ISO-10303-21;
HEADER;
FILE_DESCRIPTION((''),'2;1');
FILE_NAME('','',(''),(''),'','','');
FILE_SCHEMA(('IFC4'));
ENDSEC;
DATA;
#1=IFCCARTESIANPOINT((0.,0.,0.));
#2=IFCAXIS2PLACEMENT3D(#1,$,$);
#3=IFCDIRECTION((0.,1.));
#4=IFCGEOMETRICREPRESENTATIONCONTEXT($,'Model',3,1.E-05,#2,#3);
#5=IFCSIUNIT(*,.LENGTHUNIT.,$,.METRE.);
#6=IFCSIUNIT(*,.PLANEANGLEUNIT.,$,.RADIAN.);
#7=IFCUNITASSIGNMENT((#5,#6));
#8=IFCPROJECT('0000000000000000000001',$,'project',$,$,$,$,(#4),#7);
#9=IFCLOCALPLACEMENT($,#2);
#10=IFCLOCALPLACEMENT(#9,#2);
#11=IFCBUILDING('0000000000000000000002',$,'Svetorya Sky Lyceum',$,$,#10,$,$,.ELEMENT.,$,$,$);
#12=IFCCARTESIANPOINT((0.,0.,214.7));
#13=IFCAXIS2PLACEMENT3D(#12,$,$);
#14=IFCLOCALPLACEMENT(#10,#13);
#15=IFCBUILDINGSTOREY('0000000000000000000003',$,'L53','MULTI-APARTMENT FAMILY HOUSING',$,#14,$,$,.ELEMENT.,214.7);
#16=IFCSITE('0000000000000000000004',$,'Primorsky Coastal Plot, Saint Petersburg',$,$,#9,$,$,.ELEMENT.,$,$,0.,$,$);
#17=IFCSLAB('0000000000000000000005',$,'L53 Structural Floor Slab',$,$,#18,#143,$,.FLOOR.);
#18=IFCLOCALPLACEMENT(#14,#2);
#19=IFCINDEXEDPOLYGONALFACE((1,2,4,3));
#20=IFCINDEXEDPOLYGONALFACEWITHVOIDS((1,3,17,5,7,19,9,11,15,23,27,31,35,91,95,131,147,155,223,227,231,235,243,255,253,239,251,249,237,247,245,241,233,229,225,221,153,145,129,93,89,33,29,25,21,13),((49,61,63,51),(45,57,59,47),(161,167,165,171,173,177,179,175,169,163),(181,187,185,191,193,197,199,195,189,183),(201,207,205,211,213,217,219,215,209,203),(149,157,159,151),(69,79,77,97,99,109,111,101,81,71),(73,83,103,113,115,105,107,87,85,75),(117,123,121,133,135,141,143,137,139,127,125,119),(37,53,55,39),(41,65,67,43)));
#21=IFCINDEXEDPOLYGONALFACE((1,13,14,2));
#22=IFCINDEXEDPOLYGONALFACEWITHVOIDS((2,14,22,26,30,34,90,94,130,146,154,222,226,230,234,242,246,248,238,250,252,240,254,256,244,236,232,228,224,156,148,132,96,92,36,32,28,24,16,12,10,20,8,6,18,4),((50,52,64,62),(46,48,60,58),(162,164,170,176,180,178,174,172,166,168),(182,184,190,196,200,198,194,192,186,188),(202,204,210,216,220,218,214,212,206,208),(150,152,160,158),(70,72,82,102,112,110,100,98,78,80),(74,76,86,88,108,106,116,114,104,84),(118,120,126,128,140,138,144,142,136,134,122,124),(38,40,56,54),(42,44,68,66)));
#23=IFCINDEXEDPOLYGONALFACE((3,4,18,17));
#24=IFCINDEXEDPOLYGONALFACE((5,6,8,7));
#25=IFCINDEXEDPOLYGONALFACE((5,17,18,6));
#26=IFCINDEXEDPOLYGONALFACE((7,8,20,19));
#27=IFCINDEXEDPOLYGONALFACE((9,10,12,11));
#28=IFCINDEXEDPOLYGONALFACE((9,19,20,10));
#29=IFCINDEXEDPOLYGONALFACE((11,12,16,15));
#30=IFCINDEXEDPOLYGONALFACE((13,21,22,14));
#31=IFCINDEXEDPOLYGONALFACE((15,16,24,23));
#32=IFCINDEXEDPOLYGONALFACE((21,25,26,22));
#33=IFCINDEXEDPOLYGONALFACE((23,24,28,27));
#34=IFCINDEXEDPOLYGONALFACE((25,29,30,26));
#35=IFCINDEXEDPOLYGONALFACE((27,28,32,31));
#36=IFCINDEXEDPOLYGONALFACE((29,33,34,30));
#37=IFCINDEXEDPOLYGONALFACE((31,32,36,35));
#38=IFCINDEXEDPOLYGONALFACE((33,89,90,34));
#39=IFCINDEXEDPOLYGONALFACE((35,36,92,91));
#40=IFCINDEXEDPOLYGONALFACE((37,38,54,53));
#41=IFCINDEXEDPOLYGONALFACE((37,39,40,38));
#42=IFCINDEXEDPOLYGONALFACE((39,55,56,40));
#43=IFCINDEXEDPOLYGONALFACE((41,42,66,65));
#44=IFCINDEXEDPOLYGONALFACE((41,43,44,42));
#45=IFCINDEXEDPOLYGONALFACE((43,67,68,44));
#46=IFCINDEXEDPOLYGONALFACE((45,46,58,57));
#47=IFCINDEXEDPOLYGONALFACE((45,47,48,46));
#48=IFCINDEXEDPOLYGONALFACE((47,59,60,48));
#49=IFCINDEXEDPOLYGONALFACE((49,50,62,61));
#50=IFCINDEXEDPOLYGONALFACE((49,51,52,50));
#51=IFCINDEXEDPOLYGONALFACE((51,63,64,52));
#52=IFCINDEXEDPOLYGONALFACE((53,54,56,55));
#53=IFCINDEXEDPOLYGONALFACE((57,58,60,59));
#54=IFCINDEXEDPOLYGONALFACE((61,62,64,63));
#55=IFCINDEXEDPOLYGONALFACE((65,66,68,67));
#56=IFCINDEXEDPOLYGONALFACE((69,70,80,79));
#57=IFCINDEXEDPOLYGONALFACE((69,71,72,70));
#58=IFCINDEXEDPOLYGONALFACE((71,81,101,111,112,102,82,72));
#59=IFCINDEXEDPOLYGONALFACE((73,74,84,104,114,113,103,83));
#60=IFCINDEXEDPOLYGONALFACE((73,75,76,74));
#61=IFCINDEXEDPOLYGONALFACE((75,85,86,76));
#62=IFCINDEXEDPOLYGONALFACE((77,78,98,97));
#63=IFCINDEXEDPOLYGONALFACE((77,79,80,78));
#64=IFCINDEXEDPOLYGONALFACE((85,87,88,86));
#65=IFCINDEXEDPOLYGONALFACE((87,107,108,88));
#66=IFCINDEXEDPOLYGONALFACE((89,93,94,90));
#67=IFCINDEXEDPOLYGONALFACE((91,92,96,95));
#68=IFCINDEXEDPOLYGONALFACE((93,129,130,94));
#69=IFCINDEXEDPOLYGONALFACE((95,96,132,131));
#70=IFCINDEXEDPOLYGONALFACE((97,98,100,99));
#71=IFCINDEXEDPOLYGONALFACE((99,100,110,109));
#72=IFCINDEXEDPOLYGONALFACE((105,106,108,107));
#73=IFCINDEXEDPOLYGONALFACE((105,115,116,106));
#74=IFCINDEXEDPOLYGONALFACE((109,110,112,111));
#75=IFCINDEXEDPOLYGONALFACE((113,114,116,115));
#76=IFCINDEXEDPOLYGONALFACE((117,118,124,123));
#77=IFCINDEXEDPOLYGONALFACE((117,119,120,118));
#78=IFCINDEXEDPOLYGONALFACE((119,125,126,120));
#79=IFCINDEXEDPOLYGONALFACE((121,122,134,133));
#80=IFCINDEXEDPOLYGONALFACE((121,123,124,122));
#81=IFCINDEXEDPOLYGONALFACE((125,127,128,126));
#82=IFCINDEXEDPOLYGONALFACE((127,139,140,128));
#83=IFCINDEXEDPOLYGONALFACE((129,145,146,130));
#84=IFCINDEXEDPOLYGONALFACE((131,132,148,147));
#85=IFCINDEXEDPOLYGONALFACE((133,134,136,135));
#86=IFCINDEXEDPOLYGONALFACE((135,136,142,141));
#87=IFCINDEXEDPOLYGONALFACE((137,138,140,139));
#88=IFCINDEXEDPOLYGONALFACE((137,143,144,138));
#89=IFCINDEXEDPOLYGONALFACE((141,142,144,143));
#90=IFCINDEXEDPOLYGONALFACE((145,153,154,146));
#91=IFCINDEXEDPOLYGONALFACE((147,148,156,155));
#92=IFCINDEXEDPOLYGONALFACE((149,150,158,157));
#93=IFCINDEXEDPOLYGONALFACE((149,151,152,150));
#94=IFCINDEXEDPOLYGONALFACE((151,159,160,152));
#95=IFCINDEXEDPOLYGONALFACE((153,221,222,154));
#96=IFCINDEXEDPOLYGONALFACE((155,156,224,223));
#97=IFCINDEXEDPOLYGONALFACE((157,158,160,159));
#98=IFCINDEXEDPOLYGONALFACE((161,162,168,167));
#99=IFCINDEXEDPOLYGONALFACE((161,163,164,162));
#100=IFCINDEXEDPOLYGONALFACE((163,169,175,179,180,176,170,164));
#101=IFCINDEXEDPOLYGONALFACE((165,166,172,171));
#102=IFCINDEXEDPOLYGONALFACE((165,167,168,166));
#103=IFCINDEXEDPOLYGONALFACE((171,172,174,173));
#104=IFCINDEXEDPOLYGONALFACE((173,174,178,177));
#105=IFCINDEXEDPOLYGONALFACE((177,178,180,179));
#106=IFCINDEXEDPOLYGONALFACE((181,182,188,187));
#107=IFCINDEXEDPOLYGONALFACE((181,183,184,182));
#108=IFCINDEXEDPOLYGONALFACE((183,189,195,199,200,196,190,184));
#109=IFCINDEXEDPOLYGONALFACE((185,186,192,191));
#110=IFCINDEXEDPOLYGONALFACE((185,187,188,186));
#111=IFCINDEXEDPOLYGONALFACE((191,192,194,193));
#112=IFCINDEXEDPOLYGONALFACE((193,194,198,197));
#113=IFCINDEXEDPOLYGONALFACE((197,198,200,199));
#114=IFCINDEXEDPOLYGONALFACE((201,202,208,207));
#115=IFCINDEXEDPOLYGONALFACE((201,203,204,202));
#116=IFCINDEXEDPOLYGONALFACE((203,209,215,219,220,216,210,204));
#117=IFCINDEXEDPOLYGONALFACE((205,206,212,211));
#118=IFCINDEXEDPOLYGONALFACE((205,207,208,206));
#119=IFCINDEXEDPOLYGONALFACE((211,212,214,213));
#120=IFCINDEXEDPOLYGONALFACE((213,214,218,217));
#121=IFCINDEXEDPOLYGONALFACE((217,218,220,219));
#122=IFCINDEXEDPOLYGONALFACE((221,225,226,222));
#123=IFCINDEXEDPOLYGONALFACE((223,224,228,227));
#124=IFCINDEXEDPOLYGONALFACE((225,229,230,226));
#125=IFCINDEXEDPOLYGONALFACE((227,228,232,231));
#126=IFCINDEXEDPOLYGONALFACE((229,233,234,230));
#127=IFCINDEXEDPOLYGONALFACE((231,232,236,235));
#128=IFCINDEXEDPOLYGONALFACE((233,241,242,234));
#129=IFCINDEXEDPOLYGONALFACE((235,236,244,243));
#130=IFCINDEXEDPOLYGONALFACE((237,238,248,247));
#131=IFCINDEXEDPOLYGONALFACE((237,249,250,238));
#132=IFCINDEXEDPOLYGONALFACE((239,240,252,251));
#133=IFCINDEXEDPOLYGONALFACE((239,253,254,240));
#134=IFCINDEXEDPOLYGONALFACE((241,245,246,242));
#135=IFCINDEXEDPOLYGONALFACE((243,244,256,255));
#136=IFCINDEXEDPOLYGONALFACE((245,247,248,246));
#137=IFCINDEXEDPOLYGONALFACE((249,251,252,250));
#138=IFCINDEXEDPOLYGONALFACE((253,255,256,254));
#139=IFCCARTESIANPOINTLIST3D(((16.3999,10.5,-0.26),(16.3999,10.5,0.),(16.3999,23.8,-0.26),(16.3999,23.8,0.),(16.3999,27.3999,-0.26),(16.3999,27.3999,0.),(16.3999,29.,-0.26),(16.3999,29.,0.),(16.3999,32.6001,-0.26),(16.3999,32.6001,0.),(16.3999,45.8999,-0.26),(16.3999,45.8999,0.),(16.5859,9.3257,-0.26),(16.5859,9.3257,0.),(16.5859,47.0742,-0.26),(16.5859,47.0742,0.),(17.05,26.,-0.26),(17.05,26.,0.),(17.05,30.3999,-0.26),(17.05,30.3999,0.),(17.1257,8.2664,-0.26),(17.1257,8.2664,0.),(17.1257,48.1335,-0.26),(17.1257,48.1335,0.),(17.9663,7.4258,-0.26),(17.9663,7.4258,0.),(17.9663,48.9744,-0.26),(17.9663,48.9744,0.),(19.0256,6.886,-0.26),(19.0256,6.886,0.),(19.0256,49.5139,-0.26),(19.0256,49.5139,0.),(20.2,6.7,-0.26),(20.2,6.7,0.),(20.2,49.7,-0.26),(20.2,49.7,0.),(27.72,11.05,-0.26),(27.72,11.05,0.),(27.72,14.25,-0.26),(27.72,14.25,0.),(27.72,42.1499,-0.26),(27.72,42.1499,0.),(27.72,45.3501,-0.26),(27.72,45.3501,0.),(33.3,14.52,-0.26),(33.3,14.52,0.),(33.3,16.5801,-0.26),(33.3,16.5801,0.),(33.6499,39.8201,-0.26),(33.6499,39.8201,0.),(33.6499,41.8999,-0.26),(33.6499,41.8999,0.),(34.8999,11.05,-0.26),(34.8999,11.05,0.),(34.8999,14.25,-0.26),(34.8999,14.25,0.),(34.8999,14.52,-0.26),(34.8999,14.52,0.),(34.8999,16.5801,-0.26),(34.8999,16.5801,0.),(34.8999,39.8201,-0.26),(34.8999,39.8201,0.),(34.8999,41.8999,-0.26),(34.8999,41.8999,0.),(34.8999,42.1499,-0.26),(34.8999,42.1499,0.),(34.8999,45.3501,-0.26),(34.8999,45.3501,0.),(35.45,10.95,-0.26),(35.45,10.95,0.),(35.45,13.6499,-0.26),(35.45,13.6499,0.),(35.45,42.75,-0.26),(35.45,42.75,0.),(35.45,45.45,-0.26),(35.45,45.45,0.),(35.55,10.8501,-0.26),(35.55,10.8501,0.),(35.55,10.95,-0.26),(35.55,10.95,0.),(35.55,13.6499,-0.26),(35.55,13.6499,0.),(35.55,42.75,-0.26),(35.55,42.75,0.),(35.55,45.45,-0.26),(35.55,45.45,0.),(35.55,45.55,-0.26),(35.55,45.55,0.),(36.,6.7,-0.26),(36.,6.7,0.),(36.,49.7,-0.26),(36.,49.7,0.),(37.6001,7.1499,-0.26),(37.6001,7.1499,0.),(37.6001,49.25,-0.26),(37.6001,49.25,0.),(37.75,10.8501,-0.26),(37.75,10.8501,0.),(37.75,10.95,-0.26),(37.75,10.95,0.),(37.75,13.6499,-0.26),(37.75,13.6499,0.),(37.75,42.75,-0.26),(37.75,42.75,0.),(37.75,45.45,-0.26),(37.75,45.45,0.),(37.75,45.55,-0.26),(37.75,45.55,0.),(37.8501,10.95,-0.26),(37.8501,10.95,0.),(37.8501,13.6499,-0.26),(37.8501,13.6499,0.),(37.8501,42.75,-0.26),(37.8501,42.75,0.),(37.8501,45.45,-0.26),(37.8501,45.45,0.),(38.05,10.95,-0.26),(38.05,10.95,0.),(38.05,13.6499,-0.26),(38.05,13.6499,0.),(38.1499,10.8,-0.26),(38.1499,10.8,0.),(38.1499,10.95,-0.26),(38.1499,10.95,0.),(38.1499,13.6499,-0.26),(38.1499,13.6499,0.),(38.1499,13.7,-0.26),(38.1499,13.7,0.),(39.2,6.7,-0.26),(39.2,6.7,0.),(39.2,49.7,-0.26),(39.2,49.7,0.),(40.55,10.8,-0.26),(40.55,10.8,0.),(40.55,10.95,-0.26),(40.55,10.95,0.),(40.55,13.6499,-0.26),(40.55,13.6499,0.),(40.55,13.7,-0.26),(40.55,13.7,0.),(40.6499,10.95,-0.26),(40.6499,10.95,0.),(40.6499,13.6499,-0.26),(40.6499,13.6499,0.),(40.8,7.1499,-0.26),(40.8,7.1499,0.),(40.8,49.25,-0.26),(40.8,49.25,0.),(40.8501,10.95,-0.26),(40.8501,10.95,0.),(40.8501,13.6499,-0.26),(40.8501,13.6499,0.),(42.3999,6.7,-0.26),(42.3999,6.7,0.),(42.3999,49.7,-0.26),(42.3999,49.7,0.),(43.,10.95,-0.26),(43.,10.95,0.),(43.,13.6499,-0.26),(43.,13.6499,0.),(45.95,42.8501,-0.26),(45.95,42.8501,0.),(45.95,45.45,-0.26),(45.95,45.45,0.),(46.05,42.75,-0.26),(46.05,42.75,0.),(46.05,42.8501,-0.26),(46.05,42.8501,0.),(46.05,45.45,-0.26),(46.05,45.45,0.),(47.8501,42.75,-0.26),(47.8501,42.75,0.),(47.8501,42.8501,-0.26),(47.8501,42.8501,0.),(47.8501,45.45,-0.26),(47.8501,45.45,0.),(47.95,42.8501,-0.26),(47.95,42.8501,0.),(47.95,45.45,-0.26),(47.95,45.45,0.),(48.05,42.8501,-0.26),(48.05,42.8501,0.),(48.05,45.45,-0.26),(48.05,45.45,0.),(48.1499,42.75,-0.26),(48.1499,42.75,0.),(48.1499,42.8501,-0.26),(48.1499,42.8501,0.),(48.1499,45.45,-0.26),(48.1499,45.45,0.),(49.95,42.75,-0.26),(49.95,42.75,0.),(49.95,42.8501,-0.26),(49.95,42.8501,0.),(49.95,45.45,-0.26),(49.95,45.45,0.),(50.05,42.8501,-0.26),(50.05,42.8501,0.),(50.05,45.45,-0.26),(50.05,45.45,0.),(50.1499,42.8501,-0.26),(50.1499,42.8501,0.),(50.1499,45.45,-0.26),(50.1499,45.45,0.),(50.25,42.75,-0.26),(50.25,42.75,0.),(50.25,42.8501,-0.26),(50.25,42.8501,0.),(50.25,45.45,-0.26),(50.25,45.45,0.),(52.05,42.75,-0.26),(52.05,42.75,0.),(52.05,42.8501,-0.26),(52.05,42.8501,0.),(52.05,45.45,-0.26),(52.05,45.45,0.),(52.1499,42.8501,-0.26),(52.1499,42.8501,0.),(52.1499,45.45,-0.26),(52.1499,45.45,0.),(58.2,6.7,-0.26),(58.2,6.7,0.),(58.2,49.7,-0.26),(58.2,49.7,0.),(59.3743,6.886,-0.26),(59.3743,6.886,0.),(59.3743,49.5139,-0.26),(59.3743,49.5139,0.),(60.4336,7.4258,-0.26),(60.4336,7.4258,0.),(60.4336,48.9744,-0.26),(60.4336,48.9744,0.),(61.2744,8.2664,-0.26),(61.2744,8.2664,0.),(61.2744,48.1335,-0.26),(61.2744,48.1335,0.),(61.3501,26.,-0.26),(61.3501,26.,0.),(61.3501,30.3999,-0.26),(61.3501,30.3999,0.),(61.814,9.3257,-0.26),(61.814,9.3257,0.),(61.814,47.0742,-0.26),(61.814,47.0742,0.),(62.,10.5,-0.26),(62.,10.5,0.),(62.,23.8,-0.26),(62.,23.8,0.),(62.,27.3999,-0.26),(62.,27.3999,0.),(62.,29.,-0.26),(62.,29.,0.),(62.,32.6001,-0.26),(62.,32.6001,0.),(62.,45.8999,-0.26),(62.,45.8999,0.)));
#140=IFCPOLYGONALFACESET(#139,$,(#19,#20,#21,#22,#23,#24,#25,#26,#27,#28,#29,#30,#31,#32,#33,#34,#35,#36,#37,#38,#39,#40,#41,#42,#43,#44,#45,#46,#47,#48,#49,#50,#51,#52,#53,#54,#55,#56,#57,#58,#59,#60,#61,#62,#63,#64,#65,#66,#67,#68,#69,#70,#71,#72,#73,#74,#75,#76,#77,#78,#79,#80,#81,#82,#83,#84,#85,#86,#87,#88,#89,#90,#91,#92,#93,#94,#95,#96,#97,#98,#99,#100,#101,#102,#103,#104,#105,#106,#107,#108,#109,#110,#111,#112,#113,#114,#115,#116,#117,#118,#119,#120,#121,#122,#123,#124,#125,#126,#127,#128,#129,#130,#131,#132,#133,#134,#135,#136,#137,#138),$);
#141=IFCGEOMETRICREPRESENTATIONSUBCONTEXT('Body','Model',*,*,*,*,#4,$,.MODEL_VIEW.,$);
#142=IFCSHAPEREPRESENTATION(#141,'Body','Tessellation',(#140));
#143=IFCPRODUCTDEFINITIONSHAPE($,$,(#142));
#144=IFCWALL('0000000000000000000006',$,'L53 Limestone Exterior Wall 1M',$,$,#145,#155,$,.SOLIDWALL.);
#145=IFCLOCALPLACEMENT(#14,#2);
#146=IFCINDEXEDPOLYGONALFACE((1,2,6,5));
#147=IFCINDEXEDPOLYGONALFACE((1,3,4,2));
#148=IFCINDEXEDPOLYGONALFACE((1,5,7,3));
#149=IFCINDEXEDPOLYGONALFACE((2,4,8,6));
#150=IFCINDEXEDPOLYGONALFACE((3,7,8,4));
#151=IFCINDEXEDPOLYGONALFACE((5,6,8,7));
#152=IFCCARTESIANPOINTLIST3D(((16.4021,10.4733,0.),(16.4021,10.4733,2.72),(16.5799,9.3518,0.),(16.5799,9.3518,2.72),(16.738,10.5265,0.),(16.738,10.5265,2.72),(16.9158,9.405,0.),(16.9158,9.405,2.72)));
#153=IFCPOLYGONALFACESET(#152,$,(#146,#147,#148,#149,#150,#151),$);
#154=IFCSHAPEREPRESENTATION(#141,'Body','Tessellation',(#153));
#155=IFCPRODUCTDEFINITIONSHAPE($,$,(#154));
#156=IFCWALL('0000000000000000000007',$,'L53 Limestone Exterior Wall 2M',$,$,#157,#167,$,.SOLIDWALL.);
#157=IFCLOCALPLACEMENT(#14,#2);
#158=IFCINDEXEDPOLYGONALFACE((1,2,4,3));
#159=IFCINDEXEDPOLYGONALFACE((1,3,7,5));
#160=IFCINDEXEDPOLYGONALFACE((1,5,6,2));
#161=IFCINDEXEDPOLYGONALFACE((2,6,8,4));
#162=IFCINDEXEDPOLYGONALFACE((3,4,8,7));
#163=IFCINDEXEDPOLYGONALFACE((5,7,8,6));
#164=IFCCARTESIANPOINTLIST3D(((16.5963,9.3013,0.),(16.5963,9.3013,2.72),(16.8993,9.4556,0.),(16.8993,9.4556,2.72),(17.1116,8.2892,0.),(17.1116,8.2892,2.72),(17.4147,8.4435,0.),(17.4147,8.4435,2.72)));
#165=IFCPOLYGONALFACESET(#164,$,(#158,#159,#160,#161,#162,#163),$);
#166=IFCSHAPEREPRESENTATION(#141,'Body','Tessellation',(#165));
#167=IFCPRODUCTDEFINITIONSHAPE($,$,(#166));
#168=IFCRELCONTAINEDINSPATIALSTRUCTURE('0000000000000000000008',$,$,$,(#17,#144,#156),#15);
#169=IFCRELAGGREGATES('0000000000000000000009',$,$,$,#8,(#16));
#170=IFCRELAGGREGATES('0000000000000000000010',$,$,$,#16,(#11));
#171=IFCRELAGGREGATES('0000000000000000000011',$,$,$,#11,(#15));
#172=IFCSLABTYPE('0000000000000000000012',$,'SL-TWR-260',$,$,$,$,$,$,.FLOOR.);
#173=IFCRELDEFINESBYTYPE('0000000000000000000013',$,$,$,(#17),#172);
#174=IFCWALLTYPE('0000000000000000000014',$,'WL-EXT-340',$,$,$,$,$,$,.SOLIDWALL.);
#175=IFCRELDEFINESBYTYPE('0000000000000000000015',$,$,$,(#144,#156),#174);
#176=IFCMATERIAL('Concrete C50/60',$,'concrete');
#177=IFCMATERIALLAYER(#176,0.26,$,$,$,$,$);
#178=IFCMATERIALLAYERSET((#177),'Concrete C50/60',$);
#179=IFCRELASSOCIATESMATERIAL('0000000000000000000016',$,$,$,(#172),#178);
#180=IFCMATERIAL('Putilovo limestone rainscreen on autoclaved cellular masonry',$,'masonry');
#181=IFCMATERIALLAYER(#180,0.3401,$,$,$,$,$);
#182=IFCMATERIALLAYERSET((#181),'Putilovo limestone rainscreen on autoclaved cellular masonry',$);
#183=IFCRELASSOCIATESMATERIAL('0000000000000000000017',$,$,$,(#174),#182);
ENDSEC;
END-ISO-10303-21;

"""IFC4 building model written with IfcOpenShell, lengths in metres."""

from ifc_helpers import new_model, si_unit, direction, frame, frame_2d, origin, place, context, subcontext, project, spatial, polyline, rectangle, outline, extrude, material, layer, layer_set, type_object, element, save


model = new_model("IFC4")

# Units and contexts
model_context = context("Model", 3, precision=1e-05, world=origin(), true_north=direction((0.0, 1.0)))
body_context = subcontext(model_context, "Body", "Model", "MODEL_VIEW")
ifc_project = project(units=[si_unit("LENGTHUNIT", "METRE"), si_unit("PLANEANGLEUNIT", "RADIAN")], contexts=[model_context])

# Site, building, storey
site_placement = place(None, origin())
site = spatial("IfcSite", under=ifc_project, at=site_placement, Name="Primorsky Coastal Plot, Saint Petersburg", CompositionType="ELEMENT", RefElevation=0.0)
building_placement = place(site_placement, origin())
building = spatial("IfcBuilding", under=site, at=building_placement, Name="Svetorya Sky Lyceum", CompositionType="ELEMENT")
storey_placement = place(building_placement, frame((0.0, 0.0, 214.7)))
storey = spatial("IfcBuildingStorey", under=building, at=storey_placement, Name="L53", Description="MULTI-APARTMENT FAMILY HOUSING", CompositionType="ELEMENT", Elevation=214.7)

# Shared definitions
ifc_material_1 = material(Name="Concrete C50/60", Category="concrete")

# Slab
ifc_layer_1 = layer(ifc_material_1, 0.26)
ifc_layer_set_1 = layer_set([ifc_layer_1], Name="Concrete C50/60")
slab_type_1 = type_object("IfcSlabType", Name="SL-TWR-260", PredefinedType="FLOOR", material=ifc_layer_set_1)
slab_1_placement = place(storey_placement, frame((0.0, 0.0, -0.26)))
element("IfcSlab", 1, at=slab_1_placement, inside=storey, type_object=slab_type_1, Name="L53 Structural Floor Slab", PredefinedType="FLOOR", context=body_context, shape_type="SweptSolid", body=[
    extrude(outline(polyline([(16.3999, 10.5), (16.5859, 9.3257), (17.1257, 8.2664), (17.9663, 7.4258), (19.0256, 6.886), (20.2, 6.7), (36.0, 6.7), (37.6001, 7.1499), (39.2, 6.7), (40.8, 7.1499), (42.3999, 6.7), (58.2, 6.7), (59.3743, 6.886), (60.4336, 7.4258), (61.2744, 8.2664), (61.814, 9.3257), (62.0, 10.5), (62.0, 23.8), (61.3501, 26.0), (62.0, 27.3999), (62.0, 29.0), (61.3501, 30.3999), (62.0, 32.6001), (62.0, 45.8999), (61.814, 47.0742), (61.2744, 48.1335), (60.4336, 48.9744), (59.3743, 49.5139), (58.2, 49.7), (42.3999, 49.7), (40.8, 49.25), (39.2, 49.7), (37.6001, 49.25), (36.0, 49.7), (20.2, 49.7), (19.0256, 49.5139), (17.9663, 48.9744), (17.1257, 48.1335), (16.5859, 47.0742), (16.3999, 45.8999), (16.3999, 32.6001), (17.05, 30.3999), (16.3999, 29.0), (16.3999, 27.3999), (17.05, 26.0), (16.3999, 23.8), (16.3999, 10.5)]), holes=[polyline([(37.8501, 10.95), (37.75, 10.95), (37.75, 10.8501), (35.55, 10.8501), (35.55, 10.95), (35.45, 10.95), (35.45, 13.6499), (35.55, 13.6499), (37.75, 13.6499), (37.8501, 13.6499), (37.8501, 10.95)]), polyline([(38.1499, 10.8), (38.1499, 10.95), (38.05, 10.95), (38.05, 13.6499), (38.1499, 13.6499), (38.1499, 13.7), (40.55, 13.7), (40.55, 13.6499), (40.6499, 13.6499), (40.6499, 10.95), (40.55, 10.95), (40.55, 10.8), (38.1499, 10.8)]), polyline([(27.72, 11.05), (27.72, 14.25), (34.8999, 14.25), (34.8999, 11.05), (27.72, 11.05)]), polyline([(33.3, 14.52), (33.3, 16.5801), (34.8999, 16.5801), (34.8999, 14.52), (33.3, 14.52)]), polyline([(33.6499, 39.8201), (33.6499, 41.8999), (34.8999, 41.8999), (34.8999, 39.8201), (33.6499, 39.8201)]), polyline([(27.72, 42.1499), (27.72, 45.3501), (34.8999, 45.3501), (34.8999, 42.1499), (27.72, 42.1499)]), polyline([(37.75, 42.75), (35.55, 42.75), (35.45, 42.75), (35.45, 45.45), (35.55, 45.45), (35.55, 45.55), (37.75, 45.55), (37.75, 45.45), (37.8501, 45.45), (37.8501, 42.75), (37.75, 42.75)]), polyline([(40.8501, 10.95), (40.8501, 13.6499), (43.0, 13.6499), (43.0, 10.95), (40.8501, 10.95)]), polyline([(46.05, 42.75), (46.05, 42.8501), (45.95, 42.8501), (45.95, 45.45), (46.05, 45.45), (47.8501, 45.45), (47.95, 45.45), (47.95, 42.8501), (47.8501, 42.8501), (47.8501, 42.75), (46.05, 42.75)]), polyline([(50.05, 42.8501), (49.95, 42.8501), (49.95, 42.75), (48.1499, 42.75), (48.1499, 42.8501), (48.05, 42.8501), (48.05, 45.45), (48.1499, 45.45), (49.95, 45.45), (50.05, 45.45), (50.05, 42.8501)]), polyline([(52.1499, 42.8501), (52.05, 42.8501), (52.05, 42.75), (50.25, 42.75), (50.25, 42.8501), (50.1499, 42.8501), (50.1499, 45.45), (50.25, 45.45), (52.05, 45.45), (52.1499, 45.45), (52.1499, 42.8501)])]), origin(), (0.0, 0.0, 1.0), 0.26),
])

# Walls
ifc_material_2 = material(Name="Putilovo limestone rainscreen on autoclaved cellular masonry", Category="masonry")
ifc_layer_2 = layer(ifc_material_2, 0.3401)
ifc_layer_set_2 = layer_set([ifc_layer_2], Name="Putilovo limestone rainscreen on autoclaved cellular masonry")
wall_type_1 = type_object("IfcWallType", Name="WL-EXT-340", PredefinedType="SOLIDWALL", material=ifc_layer_set_2)
wall_1_placement = place(storey_placement, frame((16.5701, 10.5, 0.0), z_axis=(0.0, 0.0, 1.0), x_axis=(0.156515, -0.987676, 0.0)))
element("IfcWall", 2, at=wall_1_placement, inside=storey, type_object=wall_type_1, Name="L53 Limestone Exterior Wall 1M", PredefinedType="SOLIDWALL", context=body_context, shape_type="SweptSolid", body=[
    extrude(rectangle(XDim=1.1355, YDim=0.3401, at=frame_2d((0.5679, 0.0))), origin(), (0.0, 0.0, 1.0), 2.72),
])
wall_2_placement = place(storey_placement, frame((16.7478, 9.3784, 0.0), z_axis=(0.0, 0.0, 1.0), x_axis=(0.453736, -0.891136, 0.0)))
element("IfcWall", 3, at=wall_2_placement, inside=storey, type_object=wall_type_1, Name="L53 Limestone Exterior Wall 2M", PredefinedType="SOLIDWALL", context=body_context, shape_type="SweptSolid", body=[
    extrude(rectangle(XDim=1.1357, YDim=0.3401, at=frame_2d((0.5679, 0.0))), origin(), (0.0, 0.0, 1.0), 2.72),
])

save(model, "model.ifc")
